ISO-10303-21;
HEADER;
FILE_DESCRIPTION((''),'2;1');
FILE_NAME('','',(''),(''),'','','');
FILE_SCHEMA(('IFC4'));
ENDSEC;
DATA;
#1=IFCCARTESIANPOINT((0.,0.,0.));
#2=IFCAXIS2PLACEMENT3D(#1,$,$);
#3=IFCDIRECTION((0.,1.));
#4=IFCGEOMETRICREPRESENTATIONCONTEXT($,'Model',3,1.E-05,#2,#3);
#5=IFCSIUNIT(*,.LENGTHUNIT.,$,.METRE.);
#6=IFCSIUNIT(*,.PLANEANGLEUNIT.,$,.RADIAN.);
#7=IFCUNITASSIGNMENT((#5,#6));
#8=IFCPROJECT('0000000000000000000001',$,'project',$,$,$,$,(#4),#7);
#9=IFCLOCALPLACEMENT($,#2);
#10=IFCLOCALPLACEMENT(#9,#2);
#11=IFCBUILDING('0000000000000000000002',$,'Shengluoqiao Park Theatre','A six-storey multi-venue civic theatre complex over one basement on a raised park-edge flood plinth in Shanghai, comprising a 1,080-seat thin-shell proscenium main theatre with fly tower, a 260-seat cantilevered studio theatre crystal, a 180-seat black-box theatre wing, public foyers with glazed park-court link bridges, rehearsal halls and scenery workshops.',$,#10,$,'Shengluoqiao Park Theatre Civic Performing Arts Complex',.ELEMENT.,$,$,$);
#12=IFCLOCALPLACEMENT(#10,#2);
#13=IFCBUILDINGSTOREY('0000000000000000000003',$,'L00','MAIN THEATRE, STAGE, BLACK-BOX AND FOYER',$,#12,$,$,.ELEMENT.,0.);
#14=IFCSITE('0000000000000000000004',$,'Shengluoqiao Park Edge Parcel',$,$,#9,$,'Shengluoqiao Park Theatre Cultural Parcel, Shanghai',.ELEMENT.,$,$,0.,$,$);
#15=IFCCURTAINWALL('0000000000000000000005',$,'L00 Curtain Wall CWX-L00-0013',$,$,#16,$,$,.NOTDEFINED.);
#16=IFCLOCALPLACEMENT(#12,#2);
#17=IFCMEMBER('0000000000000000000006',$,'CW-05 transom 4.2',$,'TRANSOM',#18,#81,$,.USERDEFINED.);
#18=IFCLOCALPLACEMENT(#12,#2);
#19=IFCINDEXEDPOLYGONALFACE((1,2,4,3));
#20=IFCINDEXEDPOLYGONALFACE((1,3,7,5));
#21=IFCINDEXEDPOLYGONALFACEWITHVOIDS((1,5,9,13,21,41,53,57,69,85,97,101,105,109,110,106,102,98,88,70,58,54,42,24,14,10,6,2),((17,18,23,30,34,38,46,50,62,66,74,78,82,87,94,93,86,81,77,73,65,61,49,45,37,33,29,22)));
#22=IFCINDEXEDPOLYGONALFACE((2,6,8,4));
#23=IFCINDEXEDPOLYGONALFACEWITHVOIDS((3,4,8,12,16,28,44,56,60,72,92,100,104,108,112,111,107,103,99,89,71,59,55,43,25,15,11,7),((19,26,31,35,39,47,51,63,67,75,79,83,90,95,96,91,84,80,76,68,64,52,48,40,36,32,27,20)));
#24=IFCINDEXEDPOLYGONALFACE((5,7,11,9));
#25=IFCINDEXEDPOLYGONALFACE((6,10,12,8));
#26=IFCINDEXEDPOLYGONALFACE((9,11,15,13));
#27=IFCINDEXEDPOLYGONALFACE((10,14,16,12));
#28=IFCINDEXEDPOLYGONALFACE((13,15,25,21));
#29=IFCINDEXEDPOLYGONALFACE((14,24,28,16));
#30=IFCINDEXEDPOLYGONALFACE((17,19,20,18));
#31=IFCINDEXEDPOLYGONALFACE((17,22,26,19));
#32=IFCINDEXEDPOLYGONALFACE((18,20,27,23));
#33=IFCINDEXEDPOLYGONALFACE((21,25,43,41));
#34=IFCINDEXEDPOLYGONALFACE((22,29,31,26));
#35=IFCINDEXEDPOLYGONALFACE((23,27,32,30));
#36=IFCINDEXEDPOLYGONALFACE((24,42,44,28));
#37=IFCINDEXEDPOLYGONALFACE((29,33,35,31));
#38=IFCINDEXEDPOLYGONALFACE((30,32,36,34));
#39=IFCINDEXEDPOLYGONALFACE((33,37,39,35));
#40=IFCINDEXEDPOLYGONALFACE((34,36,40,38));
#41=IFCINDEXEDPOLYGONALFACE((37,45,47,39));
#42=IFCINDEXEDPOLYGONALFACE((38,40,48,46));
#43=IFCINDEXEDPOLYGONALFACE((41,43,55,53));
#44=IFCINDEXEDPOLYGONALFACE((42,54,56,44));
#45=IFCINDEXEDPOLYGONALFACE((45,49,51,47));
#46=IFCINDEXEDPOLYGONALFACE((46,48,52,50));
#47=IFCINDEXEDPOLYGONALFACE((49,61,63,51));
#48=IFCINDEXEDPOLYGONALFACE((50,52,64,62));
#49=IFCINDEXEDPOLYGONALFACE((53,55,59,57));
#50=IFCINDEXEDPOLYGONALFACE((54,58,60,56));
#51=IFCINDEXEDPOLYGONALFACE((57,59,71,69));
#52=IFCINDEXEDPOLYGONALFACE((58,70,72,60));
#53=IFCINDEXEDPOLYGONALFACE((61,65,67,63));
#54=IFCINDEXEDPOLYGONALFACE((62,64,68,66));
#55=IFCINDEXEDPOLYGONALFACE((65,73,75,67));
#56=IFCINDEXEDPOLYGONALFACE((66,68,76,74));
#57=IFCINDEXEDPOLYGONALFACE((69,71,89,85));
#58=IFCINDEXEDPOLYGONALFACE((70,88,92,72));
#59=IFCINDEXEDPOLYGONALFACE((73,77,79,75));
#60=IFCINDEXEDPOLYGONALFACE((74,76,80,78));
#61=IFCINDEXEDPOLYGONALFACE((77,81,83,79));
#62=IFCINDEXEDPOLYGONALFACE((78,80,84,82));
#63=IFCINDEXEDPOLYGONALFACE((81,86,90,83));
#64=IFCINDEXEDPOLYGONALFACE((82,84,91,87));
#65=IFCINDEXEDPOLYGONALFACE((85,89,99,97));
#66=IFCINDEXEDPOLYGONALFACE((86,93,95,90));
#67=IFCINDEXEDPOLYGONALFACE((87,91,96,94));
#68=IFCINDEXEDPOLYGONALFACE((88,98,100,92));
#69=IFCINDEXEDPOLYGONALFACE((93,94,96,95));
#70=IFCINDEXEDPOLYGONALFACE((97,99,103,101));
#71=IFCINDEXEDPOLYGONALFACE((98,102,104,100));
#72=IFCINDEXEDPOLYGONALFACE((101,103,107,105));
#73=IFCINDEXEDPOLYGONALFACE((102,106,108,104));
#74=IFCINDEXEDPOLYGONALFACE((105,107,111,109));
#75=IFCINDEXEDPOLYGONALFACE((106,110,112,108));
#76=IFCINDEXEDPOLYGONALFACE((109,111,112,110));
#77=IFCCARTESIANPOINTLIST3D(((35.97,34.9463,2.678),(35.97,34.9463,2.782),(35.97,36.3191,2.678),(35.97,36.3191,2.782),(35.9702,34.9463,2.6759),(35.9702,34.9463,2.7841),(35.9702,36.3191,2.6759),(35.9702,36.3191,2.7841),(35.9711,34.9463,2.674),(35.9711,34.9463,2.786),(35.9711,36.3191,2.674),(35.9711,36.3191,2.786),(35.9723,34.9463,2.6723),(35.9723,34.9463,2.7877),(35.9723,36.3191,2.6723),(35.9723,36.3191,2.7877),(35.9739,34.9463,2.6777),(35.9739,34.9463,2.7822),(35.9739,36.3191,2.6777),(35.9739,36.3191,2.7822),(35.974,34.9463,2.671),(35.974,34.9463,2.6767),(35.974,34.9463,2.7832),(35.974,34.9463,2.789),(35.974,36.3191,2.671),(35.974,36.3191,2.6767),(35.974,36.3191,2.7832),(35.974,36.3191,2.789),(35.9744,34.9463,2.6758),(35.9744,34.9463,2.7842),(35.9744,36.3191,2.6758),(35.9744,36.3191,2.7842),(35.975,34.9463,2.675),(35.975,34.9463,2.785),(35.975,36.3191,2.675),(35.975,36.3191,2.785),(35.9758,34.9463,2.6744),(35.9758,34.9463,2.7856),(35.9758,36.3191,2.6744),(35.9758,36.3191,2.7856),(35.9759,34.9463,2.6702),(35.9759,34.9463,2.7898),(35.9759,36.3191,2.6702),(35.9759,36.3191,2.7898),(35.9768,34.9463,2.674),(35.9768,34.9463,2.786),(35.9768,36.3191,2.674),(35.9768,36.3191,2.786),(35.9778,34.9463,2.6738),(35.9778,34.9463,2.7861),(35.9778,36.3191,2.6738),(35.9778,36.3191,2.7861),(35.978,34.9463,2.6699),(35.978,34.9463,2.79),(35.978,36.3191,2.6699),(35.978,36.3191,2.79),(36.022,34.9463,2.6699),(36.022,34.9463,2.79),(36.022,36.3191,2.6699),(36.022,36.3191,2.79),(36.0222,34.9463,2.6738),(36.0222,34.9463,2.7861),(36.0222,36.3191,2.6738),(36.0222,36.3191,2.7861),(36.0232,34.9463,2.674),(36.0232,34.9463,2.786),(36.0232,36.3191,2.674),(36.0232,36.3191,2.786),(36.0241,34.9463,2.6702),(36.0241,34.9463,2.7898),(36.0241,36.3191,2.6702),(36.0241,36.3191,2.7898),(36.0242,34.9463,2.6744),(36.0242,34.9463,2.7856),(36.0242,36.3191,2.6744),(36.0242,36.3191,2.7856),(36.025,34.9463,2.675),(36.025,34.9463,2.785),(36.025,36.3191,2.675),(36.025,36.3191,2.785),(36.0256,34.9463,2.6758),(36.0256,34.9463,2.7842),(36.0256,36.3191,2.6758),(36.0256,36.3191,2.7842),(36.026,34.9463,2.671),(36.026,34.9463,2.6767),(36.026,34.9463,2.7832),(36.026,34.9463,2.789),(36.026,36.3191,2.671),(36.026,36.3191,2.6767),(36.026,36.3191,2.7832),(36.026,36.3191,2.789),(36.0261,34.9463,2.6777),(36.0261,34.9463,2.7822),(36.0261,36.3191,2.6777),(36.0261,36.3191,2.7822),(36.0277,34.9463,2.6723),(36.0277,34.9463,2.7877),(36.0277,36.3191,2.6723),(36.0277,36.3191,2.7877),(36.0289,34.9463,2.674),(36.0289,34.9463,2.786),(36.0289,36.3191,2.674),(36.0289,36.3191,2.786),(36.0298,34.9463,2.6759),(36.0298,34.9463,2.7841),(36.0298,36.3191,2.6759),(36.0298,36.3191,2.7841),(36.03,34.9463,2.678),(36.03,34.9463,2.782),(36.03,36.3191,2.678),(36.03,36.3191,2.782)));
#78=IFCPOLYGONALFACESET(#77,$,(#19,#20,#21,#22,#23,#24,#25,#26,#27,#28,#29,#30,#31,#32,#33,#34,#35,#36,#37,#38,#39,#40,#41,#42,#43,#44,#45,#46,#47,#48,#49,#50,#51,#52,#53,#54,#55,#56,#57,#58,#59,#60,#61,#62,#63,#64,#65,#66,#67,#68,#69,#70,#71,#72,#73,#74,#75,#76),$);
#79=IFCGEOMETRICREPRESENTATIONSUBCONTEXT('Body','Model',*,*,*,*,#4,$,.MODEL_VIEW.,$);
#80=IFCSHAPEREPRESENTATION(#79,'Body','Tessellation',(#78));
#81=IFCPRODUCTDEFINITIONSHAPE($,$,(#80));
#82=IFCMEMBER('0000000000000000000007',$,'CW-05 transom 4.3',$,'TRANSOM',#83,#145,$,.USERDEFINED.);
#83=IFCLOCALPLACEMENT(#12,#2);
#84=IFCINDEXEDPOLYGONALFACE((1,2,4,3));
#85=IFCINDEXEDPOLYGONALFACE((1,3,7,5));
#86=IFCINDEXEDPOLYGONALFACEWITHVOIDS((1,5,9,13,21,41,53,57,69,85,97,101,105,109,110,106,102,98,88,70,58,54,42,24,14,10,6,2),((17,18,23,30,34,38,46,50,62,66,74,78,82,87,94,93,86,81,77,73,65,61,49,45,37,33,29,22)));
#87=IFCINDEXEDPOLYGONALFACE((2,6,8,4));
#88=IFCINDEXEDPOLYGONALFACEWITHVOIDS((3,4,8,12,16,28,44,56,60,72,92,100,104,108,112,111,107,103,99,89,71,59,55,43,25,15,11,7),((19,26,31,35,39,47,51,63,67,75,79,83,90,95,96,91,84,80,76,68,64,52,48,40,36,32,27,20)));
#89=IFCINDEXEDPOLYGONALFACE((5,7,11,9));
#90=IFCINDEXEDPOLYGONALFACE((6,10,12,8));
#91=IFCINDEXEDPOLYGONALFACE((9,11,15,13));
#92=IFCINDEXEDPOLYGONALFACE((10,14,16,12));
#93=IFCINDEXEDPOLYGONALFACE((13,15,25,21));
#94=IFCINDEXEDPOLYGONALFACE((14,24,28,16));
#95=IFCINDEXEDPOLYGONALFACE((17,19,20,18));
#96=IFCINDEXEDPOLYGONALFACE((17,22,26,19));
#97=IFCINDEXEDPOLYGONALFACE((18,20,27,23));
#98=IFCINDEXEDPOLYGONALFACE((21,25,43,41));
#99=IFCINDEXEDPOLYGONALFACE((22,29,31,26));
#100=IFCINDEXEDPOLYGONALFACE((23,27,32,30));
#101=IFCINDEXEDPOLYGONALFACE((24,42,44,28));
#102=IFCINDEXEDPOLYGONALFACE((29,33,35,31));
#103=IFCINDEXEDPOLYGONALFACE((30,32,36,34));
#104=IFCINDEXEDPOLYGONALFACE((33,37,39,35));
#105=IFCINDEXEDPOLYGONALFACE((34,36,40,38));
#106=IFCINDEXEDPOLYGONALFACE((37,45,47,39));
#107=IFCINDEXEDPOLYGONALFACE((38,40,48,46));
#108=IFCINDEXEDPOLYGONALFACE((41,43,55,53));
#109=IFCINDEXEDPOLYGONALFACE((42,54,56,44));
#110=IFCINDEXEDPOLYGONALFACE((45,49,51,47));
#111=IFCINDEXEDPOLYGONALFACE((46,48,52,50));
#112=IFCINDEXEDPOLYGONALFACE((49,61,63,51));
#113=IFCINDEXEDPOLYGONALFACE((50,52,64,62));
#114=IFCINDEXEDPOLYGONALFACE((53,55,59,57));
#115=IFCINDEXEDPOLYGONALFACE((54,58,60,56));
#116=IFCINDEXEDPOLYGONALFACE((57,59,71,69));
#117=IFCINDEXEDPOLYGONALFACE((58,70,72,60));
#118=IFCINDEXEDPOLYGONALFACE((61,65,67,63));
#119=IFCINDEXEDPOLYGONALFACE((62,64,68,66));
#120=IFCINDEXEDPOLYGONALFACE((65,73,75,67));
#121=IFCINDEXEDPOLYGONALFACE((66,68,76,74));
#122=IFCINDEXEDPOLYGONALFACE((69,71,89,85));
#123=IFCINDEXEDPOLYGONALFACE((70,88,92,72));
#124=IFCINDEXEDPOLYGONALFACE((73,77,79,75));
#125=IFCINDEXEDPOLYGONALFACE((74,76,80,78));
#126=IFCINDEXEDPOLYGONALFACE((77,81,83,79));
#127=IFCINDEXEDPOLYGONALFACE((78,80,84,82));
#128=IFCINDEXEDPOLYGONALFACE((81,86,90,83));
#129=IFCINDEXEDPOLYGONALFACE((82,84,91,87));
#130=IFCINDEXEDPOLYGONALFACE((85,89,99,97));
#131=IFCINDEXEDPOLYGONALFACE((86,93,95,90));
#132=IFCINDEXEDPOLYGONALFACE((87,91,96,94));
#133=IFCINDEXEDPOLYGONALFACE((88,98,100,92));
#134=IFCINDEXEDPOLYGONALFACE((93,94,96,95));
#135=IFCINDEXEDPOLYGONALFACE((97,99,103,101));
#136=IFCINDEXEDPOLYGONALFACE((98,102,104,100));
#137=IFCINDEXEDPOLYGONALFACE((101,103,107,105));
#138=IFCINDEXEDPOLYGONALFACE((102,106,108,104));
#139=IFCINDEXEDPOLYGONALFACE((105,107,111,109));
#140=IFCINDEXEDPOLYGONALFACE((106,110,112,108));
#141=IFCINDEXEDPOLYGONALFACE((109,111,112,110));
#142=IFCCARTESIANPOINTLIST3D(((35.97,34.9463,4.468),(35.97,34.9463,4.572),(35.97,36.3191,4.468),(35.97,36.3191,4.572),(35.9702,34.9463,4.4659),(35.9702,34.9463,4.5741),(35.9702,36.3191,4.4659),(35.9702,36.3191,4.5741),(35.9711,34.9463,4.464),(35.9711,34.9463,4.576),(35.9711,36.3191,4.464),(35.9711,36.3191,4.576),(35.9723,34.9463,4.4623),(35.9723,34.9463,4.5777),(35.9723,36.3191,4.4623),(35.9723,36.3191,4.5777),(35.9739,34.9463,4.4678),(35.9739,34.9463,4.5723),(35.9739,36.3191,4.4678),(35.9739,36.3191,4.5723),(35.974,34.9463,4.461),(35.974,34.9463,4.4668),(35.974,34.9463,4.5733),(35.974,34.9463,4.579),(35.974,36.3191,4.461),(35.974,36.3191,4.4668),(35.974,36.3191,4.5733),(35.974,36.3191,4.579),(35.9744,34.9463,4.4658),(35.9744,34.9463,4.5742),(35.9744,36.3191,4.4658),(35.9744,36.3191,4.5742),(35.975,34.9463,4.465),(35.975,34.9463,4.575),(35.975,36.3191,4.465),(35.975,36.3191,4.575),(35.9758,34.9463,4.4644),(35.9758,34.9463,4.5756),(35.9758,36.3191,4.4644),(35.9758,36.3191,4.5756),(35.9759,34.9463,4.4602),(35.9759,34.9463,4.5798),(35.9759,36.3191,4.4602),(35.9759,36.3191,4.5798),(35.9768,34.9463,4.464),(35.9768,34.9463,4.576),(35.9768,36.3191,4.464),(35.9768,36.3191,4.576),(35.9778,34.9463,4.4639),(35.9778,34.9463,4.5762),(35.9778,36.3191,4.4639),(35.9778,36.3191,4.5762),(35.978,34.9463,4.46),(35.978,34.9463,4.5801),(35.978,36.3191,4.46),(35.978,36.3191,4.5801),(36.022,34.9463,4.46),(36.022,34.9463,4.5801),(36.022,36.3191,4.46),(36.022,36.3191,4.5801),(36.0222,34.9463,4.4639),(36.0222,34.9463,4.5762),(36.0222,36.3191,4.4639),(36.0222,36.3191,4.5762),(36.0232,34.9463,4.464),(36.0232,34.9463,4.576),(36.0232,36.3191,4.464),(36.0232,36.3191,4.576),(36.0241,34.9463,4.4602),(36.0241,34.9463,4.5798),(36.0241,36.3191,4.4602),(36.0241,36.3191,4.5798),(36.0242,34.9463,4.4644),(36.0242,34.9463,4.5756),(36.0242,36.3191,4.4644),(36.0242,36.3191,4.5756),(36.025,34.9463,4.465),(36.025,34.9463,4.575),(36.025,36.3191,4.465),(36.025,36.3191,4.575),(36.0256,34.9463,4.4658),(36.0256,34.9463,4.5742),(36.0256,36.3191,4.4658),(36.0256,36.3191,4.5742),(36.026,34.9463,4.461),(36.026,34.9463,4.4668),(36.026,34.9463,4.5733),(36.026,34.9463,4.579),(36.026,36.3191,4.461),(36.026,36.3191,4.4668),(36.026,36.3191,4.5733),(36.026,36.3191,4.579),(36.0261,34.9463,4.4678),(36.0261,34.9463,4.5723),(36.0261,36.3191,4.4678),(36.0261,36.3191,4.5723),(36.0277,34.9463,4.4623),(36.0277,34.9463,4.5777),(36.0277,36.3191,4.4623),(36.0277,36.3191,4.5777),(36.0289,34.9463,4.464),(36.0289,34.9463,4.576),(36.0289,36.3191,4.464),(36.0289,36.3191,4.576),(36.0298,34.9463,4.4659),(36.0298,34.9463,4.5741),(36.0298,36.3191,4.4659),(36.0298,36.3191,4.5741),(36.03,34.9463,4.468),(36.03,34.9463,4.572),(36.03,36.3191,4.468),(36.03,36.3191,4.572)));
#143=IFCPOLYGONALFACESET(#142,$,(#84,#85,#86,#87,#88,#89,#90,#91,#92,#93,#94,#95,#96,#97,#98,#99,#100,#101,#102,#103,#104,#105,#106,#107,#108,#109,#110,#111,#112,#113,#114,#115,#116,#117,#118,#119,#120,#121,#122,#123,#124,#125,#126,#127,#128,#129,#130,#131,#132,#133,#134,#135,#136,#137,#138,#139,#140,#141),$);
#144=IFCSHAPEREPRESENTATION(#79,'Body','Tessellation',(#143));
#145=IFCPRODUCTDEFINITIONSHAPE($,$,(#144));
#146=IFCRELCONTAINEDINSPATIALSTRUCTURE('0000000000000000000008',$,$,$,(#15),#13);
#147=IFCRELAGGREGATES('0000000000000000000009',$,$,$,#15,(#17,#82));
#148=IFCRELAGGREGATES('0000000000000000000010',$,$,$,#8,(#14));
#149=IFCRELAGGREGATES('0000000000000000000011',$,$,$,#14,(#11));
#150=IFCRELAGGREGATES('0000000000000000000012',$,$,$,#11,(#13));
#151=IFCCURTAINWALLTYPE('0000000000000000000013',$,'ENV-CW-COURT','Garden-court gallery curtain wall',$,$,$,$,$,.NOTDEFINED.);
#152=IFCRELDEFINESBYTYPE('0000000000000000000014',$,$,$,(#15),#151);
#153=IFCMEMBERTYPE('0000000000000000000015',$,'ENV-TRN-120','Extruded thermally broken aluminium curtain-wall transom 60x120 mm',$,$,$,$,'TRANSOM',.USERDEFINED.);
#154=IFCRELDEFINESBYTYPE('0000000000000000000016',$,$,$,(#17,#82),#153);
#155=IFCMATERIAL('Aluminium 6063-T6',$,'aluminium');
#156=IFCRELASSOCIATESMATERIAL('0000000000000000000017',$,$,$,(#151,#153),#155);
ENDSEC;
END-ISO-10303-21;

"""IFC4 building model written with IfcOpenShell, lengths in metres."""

from ifc_helpers import new_model, si_unit, direction, frame, origin, origin_2d, place, context, subcontext, project, spatial, hollow_rectangle, extrude, material, material_profile, profile_set, type_object, element, aggregate, save


model = new_model("IFC4")

# Units and contexts
model_context = context("Model", 3, precision=1e-05, world=origin(), true_north=direction((0.0, 1.0)))
body_context = subcontext(model_context, "Body", "Model", "MODEL_VIEW")
ifc_project = project(units=[si_unit("LENGTHUNIT", "METRE"), si_unit("PLANEANGLEUNIT", "RADIAN")], contexts=[model_context])

# Site, building, storey
site_placement = place(None, origin())
site = spatial("IfcSite", under=ifc_project, at=site_placement, Name="Shengluoqiao Park Edge Parcel", LongName="Shengluoqiao Park Theatre Cultural Parcel, Shanghai", CompositionType="ELEMENT", RefElevation=0.0)
building_placement = place(site_placement, origin())
building = spatial("IfcBuilding", under=site, at=building_placement, Name="Shengluoqiao Park Theatre", Description="A six-storey multi-venue civic theatre complex over one basement on a raised park-edge flood plinth in Shanghai, comprising a 1,080-seat thin-shell proscenium main theatre with fly tower, a 260-seat cantilevered studio theatre crystal, a 180-seat black-box theatre wing, public foyers with glazed park-court link bridges, rehearsal halls and scenery workshops.", LongName="Shengluoqiao Park Theatre Civic Performing Arts Complex", CompositionType="ELEMENT")
storey_placement = place(building_placement, origin())
storey = spatial("IfcBuildingStorey", under=building, at=storey_placement, Name="L00", Description="MAIN THEATRE, STAGE, BLACK-BOX AND FOYER", CompositionType="ELEMENT", Elevation=0.0)

# Curtain wall, members
ifc_material_1 = material(Name="Aluminium 6063-T6", Category="aluminium")
curtain_wall_type = type_object("IfcCurtainWallType", Name="ENV-CW-COURT", Description="Garden-court gallery curtain wall", PredefinedType="NOTDEFINED", material=ifc_material_1)
curtain_wall_placement = place(storey_placement, origin())
curtain_wall = element("IfcCurtainWall", 1, at=curtain_wall_placement, inside=storey, type_object=curtain_wall_type, Name="L00 Curtain Wall CWX-L00-0013", PredefinedType="NOTDEFINED")
ifc_material_profile_1 = material_profile(ifc_material_1, hollow_rectangle(XDim=0.0601, YDim=0.1201, WallThickness=0.0039, InnerFilletRadius=0.0039, OuterFilletRadius=0.0081, at=origin_2d()), Name="ALU TRANSOM 120x60x4")
ifc_profile_set_1 = profile_set([ifc_material_profile_1], Name="Aluminium 6063-T6")
member_type_1 = type_object("IfcMemberType", Name="ENV-TRN-120", Description="Extruded thermally broken aluminium curtain-wall transom 60x120 mm", ElementType="TRANSOM", PredefinedType="USERDEFINED", material=ifc_profile_set_1)
member_1_placement = place(storey_placement, frame((36.0, 34.9463, 2.73), z_axis=(0.0, 1.0, 0.0), x_axis=(-1.0, 0.0, 0.0)))
member_1 = element("IfcMember", 2, at=member_1_placement, type_object=member_type_1, Name="CW-05 transom 4.2", ObjectType="TRANSOM", PredefinedType="USERDEFINED", context=body_context, shape_type="SweptSolid", body=[
    extrude(hollow_rectangle(XDim=0.0601, YDim=0.1201, WallThickness=0.0039, InnerFilletRadius=0.0039, OuterFilletRadius=0.0081, at=origin_2d()), origin(), (0.0, 0.0, 1.0), 1.3728),
])
member_2_placement = place(storey_placement, frame((36.0, 34.9463, 4.52), z_axis=(0.0, 1.0, 0.0), x_axis=(-1.0, 0.0, 0.0)))
member_2 = element("IfcMember", 3, at=member_2_placement, type_object=member_type_1, Name="CW-05 transom 4.3", ObjectType="TRANSOM", PredefinedType="USERDEFINED", context=body_context, shape_type="SweptSolid", body=[
    extrude(hollow_rectangle(XDim=0.0601, YDim=0.1201, WallThickness=0.0039, InnerFilletRadius=0.0039, OuterFilletRadius=0.0081, at=origin_2d()), origin(), (0.0, 0.0, 1.0), 1.3728),
])
aggregate(curtain_wall, [member_1, member_2])

save(model, "model.ifc")
